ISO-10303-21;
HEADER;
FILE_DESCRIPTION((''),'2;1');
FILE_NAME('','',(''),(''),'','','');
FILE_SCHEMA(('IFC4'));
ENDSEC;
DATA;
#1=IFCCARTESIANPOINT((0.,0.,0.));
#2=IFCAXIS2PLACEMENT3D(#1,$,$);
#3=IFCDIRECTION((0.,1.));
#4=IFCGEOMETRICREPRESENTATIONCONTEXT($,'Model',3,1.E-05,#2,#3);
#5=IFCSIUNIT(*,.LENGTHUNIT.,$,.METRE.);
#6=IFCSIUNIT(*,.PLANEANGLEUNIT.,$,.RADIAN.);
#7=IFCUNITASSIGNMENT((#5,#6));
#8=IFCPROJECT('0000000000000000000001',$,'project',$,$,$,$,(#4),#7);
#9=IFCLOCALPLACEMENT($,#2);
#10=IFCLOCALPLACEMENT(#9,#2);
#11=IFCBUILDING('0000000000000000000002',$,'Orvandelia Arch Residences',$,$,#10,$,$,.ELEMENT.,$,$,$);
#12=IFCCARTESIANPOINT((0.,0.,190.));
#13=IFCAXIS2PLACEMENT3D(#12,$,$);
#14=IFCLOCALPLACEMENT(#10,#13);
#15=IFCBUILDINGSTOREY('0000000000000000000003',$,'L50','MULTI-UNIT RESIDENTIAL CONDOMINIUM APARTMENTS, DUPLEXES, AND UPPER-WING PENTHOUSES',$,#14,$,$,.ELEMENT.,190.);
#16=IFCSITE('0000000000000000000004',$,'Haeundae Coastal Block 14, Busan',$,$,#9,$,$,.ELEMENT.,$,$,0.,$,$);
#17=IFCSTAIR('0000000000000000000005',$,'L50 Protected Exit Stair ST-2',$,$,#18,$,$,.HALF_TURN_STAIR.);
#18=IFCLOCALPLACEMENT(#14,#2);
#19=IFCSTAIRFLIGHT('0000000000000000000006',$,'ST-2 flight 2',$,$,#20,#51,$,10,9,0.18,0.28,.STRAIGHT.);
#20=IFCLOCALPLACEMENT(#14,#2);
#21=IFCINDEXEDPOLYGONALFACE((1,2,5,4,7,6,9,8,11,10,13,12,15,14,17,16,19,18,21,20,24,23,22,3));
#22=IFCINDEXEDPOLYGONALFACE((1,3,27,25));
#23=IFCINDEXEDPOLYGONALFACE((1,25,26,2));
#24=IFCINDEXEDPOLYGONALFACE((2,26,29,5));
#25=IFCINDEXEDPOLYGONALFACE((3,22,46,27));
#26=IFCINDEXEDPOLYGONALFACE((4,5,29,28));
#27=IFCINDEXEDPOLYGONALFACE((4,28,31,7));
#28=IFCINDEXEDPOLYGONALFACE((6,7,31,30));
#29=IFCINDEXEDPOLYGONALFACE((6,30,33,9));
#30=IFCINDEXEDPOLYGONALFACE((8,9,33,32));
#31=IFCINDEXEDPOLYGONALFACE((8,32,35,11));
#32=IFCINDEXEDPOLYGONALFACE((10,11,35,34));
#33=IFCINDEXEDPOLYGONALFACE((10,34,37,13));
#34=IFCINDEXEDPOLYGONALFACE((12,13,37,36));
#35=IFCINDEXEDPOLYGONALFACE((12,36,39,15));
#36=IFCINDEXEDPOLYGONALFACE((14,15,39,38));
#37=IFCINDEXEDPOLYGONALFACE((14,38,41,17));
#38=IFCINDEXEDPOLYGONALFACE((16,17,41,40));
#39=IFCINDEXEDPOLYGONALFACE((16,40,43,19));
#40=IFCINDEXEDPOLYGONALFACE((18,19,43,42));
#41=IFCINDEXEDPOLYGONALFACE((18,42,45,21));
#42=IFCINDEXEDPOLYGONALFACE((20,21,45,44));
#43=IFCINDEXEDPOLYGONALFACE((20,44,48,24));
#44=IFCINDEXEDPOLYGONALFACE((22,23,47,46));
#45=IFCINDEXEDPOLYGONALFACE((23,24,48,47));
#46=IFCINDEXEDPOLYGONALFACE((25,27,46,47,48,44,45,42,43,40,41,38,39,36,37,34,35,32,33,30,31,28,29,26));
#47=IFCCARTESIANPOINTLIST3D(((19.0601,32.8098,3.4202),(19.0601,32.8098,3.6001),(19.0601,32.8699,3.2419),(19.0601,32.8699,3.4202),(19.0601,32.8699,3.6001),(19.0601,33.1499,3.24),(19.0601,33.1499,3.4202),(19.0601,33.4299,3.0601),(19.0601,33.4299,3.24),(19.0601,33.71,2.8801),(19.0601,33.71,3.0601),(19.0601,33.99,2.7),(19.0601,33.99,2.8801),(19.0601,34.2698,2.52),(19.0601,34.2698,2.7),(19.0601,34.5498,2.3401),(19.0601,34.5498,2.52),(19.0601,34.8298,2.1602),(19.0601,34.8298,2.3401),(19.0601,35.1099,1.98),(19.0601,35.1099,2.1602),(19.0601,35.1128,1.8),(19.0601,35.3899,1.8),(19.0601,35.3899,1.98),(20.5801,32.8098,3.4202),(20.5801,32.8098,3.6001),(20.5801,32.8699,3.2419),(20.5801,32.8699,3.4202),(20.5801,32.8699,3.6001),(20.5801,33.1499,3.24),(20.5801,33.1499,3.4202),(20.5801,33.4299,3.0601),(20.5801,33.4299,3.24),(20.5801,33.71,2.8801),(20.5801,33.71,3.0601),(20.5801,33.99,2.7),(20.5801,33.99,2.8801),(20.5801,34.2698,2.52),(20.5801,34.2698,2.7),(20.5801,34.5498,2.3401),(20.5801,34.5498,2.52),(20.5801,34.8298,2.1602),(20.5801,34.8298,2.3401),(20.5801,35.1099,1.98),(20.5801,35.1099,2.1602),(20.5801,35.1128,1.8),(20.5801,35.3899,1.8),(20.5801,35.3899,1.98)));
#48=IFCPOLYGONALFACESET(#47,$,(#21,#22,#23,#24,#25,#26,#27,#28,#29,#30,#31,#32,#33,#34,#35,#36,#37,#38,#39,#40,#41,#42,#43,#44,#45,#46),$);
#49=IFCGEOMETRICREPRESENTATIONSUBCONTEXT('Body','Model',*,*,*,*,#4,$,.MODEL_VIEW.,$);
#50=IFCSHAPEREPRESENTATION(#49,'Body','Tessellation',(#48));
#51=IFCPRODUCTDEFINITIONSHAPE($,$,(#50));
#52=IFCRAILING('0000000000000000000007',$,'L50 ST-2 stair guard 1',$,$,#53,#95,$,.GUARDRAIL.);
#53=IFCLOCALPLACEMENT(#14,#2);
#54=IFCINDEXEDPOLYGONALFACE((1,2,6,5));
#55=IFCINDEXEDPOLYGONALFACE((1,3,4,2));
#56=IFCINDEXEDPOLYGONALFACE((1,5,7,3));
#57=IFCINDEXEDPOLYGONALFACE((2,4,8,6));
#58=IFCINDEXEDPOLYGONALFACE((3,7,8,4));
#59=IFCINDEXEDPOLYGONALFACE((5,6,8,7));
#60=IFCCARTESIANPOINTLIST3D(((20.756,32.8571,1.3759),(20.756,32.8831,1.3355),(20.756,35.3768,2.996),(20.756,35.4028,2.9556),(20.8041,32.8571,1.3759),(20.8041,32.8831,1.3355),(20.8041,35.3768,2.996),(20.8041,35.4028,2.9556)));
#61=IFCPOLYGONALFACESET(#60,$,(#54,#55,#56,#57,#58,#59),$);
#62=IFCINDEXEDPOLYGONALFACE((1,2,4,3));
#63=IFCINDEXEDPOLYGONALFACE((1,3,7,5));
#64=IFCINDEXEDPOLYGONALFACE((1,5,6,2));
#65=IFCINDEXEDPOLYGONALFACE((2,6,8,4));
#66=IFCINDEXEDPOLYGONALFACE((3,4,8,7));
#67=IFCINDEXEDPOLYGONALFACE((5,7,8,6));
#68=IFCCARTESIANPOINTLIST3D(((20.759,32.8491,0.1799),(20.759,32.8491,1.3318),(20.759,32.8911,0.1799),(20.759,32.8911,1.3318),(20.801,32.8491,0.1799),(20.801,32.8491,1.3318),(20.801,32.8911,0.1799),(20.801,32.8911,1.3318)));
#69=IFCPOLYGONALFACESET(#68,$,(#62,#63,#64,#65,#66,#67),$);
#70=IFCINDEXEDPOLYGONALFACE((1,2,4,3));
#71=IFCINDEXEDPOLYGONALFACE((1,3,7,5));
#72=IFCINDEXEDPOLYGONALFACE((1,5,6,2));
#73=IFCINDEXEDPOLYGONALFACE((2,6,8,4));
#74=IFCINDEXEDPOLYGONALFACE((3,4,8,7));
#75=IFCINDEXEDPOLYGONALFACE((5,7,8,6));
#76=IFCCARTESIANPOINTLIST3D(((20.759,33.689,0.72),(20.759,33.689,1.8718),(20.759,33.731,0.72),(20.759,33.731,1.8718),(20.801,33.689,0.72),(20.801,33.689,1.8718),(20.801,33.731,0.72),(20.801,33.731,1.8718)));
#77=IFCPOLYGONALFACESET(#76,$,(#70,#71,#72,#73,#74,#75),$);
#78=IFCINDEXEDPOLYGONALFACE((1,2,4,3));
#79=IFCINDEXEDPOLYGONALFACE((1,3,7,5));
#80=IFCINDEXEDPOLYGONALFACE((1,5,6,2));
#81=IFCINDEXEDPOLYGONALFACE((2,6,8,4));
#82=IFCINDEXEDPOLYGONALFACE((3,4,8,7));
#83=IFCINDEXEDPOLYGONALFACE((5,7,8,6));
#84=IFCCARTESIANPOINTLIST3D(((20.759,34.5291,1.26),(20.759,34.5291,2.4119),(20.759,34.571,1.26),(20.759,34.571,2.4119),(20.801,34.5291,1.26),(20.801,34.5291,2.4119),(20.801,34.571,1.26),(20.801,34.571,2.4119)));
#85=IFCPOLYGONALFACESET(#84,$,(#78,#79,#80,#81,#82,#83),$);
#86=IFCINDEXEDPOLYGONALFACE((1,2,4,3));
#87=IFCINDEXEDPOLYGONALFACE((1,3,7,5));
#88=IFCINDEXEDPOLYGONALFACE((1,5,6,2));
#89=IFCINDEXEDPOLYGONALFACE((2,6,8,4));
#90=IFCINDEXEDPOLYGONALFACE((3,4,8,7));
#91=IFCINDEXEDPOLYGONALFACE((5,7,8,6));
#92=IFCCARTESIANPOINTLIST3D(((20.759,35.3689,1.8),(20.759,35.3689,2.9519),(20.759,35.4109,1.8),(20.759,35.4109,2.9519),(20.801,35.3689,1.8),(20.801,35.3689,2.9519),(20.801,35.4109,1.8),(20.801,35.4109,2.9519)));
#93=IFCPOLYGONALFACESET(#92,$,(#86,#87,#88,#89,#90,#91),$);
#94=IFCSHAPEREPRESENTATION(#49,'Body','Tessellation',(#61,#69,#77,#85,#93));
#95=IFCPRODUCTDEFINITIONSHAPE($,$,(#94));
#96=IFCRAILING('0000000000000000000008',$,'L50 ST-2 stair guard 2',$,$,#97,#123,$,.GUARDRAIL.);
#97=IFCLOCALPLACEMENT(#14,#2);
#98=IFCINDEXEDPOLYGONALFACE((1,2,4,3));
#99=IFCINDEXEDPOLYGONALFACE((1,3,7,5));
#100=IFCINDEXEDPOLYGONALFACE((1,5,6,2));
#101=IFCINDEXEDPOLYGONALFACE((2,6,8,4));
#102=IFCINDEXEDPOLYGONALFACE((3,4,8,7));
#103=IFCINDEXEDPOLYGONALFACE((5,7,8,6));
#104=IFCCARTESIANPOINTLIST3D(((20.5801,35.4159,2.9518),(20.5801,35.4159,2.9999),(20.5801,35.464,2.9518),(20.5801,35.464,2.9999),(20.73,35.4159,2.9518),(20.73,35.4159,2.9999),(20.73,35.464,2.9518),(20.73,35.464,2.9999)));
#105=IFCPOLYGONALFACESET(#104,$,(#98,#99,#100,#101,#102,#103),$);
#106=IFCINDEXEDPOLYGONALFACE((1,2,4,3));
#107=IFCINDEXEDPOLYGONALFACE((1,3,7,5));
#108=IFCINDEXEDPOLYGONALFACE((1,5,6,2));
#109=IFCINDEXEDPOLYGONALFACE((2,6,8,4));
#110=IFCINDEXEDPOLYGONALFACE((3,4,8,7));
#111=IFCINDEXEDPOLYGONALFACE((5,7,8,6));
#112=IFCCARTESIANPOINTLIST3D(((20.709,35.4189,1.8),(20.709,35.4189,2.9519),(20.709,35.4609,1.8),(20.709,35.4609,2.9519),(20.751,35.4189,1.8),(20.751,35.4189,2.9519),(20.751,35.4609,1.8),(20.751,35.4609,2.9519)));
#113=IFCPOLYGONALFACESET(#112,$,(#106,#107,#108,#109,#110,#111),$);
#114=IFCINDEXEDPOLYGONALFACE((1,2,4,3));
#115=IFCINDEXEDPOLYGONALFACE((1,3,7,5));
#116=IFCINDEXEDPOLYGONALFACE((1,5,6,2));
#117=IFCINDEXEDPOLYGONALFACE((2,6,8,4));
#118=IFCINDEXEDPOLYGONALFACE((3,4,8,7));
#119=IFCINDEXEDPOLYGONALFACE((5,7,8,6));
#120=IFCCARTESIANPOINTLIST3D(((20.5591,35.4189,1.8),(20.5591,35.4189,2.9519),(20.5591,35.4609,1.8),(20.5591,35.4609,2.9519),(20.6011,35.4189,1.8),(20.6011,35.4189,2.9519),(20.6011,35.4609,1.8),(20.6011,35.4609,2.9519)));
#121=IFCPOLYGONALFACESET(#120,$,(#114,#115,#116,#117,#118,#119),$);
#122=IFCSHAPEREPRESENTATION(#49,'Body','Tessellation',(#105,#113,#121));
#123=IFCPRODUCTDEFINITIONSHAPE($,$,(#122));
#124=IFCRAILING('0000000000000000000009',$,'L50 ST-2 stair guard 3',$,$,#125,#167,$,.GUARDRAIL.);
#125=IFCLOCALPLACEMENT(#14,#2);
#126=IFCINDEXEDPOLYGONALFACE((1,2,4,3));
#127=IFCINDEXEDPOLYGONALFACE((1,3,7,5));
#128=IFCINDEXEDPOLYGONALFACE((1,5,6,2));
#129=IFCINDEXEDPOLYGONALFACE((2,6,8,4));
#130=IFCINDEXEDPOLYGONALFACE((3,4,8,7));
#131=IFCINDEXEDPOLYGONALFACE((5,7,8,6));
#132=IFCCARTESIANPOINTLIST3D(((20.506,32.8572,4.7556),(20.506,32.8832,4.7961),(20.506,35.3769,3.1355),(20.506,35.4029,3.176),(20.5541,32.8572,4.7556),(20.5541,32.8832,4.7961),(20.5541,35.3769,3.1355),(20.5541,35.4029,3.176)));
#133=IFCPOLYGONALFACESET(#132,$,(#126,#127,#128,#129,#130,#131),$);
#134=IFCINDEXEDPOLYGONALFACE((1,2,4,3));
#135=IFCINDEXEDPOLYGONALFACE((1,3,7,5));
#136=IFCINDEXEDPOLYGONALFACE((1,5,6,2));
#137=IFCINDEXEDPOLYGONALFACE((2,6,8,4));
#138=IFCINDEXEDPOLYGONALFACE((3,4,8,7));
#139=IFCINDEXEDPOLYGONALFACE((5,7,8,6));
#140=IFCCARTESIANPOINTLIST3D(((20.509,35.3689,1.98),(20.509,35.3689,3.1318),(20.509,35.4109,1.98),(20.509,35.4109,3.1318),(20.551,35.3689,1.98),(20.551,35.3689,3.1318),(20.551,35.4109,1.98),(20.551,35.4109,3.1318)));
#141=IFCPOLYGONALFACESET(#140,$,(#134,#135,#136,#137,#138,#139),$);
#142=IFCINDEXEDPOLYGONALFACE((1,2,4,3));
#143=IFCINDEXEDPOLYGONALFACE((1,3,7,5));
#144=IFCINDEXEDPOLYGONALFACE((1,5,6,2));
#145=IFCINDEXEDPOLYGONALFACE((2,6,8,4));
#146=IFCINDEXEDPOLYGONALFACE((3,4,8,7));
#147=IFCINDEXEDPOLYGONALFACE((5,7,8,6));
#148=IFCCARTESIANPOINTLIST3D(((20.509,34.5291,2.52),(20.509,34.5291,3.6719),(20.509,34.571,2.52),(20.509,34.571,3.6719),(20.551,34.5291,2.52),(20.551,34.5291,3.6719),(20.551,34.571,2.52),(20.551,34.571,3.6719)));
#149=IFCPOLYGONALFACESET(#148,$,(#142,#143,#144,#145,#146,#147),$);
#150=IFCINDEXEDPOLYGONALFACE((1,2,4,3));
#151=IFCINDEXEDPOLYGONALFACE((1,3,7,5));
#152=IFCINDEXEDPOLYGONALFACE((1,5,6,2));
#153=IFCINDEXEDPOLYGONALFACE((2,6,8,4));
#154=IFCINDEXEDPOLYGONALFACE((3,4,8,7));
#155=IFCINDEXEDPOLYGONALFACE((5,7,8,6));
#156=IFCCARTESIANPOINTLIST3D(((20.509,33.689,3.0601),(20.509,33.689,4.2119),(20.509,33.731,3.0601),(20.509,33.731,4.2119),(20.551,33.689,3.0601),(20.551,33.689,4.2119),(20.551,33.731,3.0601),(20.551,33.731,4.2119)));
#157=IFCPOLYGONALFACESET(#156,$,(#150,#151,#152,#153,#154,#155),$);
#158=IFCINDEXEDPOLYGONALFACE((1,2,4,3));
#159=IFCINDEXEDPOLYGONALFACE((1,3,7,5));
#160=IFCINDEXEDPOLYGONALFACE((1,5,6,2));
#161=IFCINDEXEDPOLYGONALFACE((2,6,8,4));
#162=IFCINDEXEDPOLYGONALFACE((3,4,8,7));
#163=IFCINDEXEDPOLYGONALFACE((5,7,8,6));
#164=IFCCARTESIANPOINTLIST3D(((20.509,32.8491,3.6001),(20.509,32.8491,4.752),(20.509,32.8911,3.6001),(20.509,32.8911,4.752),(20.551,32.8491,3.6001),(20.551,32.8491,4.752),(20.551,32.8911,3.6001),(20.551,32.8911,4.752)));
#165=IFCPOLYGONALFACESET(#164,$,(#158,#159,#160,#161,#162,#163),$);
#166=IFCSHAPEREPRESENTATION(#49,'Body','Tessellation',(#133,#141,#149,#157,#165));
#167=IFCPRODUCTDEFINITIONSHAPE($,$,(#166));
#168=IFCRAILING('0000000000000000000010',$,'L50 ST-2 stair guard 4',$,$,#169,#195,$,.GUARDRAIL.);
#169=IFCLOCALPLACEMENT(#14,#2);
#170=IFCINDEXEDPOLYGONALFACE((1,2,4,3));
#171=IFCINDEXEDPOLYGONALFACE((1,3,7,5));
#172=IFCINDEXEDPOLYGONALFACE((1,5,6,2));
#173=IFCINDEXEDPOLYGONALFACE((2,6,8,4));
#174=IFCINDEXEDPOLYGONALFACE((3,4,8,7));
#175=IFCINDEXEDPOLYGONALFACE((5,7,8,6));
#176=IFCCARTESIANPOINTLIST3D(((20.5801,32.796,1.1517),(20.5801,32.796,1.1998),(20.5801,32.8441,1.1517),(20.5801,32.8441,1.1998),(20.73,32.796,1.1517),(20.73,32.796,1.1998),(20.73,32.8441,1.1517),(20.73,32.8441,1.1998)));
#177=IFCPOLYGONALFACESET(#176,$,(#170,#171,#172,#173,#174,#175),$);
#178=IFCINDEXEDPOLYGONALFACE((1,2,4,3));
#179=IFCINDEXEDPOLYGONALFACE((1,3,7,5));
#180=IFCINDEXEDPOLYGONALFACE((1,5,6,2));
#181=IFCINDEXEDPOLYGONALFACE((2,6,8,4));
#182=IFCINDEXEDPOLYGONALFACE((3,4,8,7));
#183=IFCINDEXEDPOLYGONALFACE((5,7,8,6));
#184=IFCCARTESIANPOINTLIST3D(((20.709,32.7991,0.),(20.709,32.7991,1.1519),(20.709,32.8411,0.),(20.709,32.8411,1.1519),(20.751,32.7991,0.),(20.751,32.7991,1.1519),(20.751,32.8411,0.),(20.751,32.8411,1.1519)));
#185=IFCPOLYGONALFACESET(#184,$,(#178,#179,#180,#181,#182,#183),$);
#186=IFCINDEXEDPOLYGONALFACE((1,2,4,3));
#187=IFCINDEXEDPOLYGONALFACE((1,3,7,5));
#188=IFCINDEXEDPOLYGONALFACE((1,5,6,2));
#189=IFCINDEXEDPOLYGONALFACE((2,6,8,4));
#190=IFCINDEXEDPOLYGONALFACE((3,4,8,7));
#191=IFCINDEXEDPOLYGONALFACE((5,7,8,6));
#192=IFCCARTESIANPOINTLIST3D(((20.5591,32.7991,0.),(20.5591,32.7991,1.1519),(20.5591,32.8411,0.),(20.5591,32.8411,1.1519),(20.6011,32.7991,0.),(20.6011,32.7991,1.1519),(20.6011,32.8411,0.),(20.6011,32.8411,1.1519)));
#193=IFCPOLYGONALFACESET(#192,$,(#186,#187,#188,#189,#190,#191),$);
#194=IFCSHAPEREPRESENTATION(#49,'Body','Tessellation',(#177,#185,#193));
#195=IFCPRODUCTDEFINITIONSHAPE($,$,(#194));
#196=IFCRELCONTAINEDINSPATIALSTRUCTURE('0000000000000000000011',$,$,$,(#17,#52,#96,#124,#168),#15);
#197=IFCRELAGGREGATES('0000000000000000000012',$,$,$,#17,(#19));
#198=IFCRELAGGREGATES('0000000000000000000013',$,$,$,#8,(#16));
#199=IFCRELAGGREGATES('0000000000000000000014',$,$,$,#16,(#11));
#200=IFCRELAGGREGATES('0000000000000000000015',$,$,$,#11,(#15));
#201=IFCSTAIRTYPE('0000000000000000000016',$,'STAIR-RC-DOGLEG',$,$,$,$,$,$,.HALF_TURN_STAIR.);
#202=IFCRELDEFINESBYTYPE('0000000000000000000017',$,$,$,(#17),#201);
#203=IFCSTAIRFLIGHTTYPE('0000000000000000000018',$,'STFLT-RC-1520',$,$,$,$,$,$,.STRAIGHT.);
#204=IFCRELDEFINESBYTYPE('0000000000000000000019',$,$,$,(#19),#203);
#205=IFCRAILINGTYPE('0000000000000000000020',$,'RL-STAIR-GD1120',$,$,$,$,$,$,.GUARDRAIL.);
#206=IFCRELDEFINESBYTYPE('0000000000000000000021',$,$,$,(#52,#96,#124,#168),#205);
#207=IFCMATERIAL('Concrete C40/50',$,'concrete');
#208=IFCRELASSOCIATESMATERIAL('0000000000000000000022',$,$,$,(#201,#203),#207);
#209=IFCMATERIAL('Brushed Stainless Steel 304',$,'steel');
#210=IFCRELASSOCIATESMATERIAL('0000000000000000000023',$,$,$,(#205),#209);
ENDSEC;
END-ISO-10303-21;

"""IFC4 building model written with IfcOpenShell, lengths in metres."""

from ifc_helpers import new_model, si_unit, direction, frame, origin, origin_2d, place, context, subcontext, project, spatial, polyline, rectangle, outline, extrude, material, type_object, element, aggregate, save


model = new_model("IFC4")

# Units and contexts
model_context = context("Model", 3, precision=1e-05, world=origin(), true_north=direction((0.0, 1.0)))
body_context = subcontext(model_context, "Body", "Model", "MODEL_VIEW")
ifc_project = project(units=[si_unit("LENGTHUNIT", "METRE"), si_unit("PLANEANGLEUNIT", "RADIAN")], contexts=[model_context])

# Site, building, storey
site_placement = place(None, origin())
site = spatial("IfcSite", under=ifc_project, at=site_placement, Name="Haeundae Coastal Block 14, Busan", CompositionType="ELEMENT", RefElevation=0.0)
building_placement = place(site_placement, origin())
building = spatial("IfcBuilding", under=site, at=building_placement, Name="Orvandelia Arch Residences", CompositionType="ELEMENT")
storey_placement = place(building_placement, frame((0.0, 0.0, 190.0)))
storey = spatial("IfcBuildingStorey", under=building, at=storey_placement, Name="L50", Description="MULTI-UNIT RESIDENTIAL CONDOMINIUM APARTMENTS, DUPLEXES, AND UPPER-WING PENTHOUSES", CompositionType="ELEMENT", Elevation=190.0)

# Stair, stair flight
ifc_material_1 = material(Name="Concrete C40/50", Category="concrete")
stair_type = type_object("IfcStairType", Name="STAIR-RC-DOGLEG", PredefinedType="HALF_TURN_STAIR", material=ifc_material_1)
stair_placement = place(storey_placement, origin())
stair = element("IfcStair", 1, at=stair_placement, inside=storey, type_object=stair_type, Name="L50 Protected Exit Stair ST-2", PredefinedType="HALF_TURN_STAIR")
stair_flight_type = type_object("IfcStairFlightType", Name="STFLT-RC-1520", PredefinedType="STRAIGHT", material=ifc_material_1)
stair_flight_1_placement = place(storey_placement, frame((19.8201, 35.3899, 1.8), z_axis=(0.0, 0.0, 1.0), x_axis=(0.0, -1.0, 0.0)))
stair_flight_1 = element("IfcStairFlight", 2, at=stair_flight_1_placement, type_object=stair_flight_type, Name="ST-2 flight 2", NumberOfRisers=10, NumberOfTreads=9, PredefinedType="STRAIGHT", RiserHeight=0.18, TreadLength=0.28, context=body_context, shape_type="SweptSolid", body=[
    extrude(outline(polyline([(0.0, 0.0), (0.0, 0.1799), (0.28, 0.1799), (0.28, 0.3601), (0.5601, 0.3601), (0.5601, 0.54), (0.8401, 0.54), (0.8401, 0.72), (1.1201, 0.72), (1.1201, 0.8999), (1.3999, 0.8999), (1.3999, 1.0801), (1.6799, 1.0801), (1.6799, 1.26), (1.96, 1.26), (1.96, 1.4399), (2.24, 1.4399), (2.24, 1.6201), (2.52, 1.6201), (2.52, 1.8), (2.5801, 1.8), (2.5801, 1.6201), (2.52, 1.4419), (0.2771, 0.0), (0.0, 0.0)])), frame((0.0, 0.76, 0.0), z_axis=(0.0, -1.0, 0.0), x_axis=(1.0, 0.0, 0.0)), (0.0, 0.0, 1.0), 1.52),
])
aggregate(stair, [stair_flight_1])

# Railings
ifc_material_2 = material(Name="Brushed Stainless Steel 304", Category="steel")
railing_type_1 = type_object("IfcRailingType", Name="RL-STAIR-GD1120", PredefinedType="GUARDRAIL", material=ifc_material_2)
railing_1_placement = place(storey_placement, frame((20.78, 32.8701, 0.1799)))
element("IfcRailing", 3, at=railing_1_placement, inside=storey, type_object=railing_type_1, Name="L50 ST-2 stair guard 1", PredefinedType="GUARDRAIL", context=body_context, shape_type="SweptSolid", body=[
    extrude(rectangle(XDim=0.0481, YDim=0.0481, at=origin_2d()), frame((0.0, 0.0, 1.1758), z_axis=(0.0, 0.841139, 0.540819), x_axis=(-1.0, 0.0, 0.0)), (0.0, 0.0, 1.0), 2.9956),
    extrude(rectangle(XDim=0.042, YDim=0.042, at=origin_2d()), origin(), (0.0, 0.0, 1.0), 1.1519),
    extrude(rectangle(XDim=0.042, YDim=0.042, at=origin_2d()), frame((0.0, 0.8398, 0.54)), (0.0, 0.0, 1.0), 1.1519),
    extrude(rectangle(XDim=0.042, YDim=0.042, at=origin_2d()), frame((0.0, 1.6799, 1.0801)), (0.0, 0.0, 1.0), 1.1519),
    extrude(rectangle(XDim=0.042, YDim=0.042, at=origin_2d()), frame((0.0, 2.5198, 1.6201)), (0.0, 0.0, 1.0), 1.1519),
])
railing_2_placement = place(storey_placement, frame((20.73, 35.4399, 1.8)))
element("IfcRailing", 4, at=railing_2_placement, inside=storey, type_object=railing_type_1, Name="L50 ST-2 stair guard 2", PredefinedType="GUARDRAIL", context=body_context, shape_type="SweptSolid", body=[
    extrude(rectangle(XDim=0.0481, YDim=0.0481, at=origin_2d()), frame((0.0, 0.0, 1.1758), z_axis=(-1.0, 0.0, 0.0), x_axis=(0.0, -1.0, 0.0)), (0.0, 0.0, 1.0), 0.1499),
    extrude(rectangle(XDim=0.042, YDim=0.042, at=origin_2d()), origin(), (0.0, 0.0, 1.0), 1.1519),
    extrude(rectangle(XDim=0.042, YDim=0.042, at=origin_2d()), frame((-0.1499, 0.0, 0.0)), (0.0, 0.0, 1.0), 1.1519),
])
railing_3_placement = place(storey_placement, frame((20.53, 35.3899, 1.98)))
element("IfcRailing", 5, at=railing_3_placement, inside=storey, type_object=railing_type_1, Name="L50 ST-2 stair guard 3", PredefinedType="GUARDRAIL", context=body_context, shape_type="SweptSolid", body=[
    extrude(rectangle(XDim=0.0481, YDim=0.0481, at=origin_2d()), frame((0.0, 0.0, 1.1758), z_axis=(0.0, -0.841139, 0.540819), x_axis=(1.0, 0.0, 0.0)), (0.0, 0.0, 1.0), 2.9956),
    extrude(rectangle(XDim=0.042, YDim=0.042, at=origin_2d()), origin(), (0.0, 0.0, 1.0), 1.1519),
    extrude(rectangle(XDim=0.042, YDim=0.042, at=origin_2d()), frame((0.0, -0.8398, 0.54)), (0.0, 0.0, 1.0), 1.1519),
    extrude(rectangle(XDim=0.042, YDim=0.042, at=origin_2d()), frame((0.0, -1.6799, 1.0801)), (0.0, 0.0, 1.0), 1.1519),
    extrude(rectangle(XDim=0.042, YDim=0.042, at=origin_2d()), frame((0.0, -2.5198, 1.6201)), (0.0, 0.0, 1.0), 1.1519),
])
railing_4_placement = place(storey_placement, frame((20.73, 32.8201, 0.0)))
element("IfcRailing", 6, at=railing_4_placement, inside=storey, type_object=railing_type_1, Name="L50 ST-2 stair guard 4", PredefinedType="GUARDRAIL", context=body_context, shape_type="SweptSolid", body=[
    extrude(rectangle(XDim=0.0481, YDim=0.0481, at=origin_2d()), frame((0.0, 0.0, 1.1758), z_axis=(-1.0, 0.0, 0.0), x_axis=(0.0, -1.0, 0.0)), (0.0, 0.0, 1.0), 0.1499),
    extrude(rectangle(XDim=0.042, YDim=0.042, at=origin_2d()), origin(), (0.0, 0.0, 1.0), 1.1519),
    extrude(rectangle(XDim=0.042, YDim=0.042, at=origin_2d()), frame((-0.1499, 0.0, 0.0)), (0.0, 0.0, 1.0), 1.1519),
])

save(model, "model.ifc")
